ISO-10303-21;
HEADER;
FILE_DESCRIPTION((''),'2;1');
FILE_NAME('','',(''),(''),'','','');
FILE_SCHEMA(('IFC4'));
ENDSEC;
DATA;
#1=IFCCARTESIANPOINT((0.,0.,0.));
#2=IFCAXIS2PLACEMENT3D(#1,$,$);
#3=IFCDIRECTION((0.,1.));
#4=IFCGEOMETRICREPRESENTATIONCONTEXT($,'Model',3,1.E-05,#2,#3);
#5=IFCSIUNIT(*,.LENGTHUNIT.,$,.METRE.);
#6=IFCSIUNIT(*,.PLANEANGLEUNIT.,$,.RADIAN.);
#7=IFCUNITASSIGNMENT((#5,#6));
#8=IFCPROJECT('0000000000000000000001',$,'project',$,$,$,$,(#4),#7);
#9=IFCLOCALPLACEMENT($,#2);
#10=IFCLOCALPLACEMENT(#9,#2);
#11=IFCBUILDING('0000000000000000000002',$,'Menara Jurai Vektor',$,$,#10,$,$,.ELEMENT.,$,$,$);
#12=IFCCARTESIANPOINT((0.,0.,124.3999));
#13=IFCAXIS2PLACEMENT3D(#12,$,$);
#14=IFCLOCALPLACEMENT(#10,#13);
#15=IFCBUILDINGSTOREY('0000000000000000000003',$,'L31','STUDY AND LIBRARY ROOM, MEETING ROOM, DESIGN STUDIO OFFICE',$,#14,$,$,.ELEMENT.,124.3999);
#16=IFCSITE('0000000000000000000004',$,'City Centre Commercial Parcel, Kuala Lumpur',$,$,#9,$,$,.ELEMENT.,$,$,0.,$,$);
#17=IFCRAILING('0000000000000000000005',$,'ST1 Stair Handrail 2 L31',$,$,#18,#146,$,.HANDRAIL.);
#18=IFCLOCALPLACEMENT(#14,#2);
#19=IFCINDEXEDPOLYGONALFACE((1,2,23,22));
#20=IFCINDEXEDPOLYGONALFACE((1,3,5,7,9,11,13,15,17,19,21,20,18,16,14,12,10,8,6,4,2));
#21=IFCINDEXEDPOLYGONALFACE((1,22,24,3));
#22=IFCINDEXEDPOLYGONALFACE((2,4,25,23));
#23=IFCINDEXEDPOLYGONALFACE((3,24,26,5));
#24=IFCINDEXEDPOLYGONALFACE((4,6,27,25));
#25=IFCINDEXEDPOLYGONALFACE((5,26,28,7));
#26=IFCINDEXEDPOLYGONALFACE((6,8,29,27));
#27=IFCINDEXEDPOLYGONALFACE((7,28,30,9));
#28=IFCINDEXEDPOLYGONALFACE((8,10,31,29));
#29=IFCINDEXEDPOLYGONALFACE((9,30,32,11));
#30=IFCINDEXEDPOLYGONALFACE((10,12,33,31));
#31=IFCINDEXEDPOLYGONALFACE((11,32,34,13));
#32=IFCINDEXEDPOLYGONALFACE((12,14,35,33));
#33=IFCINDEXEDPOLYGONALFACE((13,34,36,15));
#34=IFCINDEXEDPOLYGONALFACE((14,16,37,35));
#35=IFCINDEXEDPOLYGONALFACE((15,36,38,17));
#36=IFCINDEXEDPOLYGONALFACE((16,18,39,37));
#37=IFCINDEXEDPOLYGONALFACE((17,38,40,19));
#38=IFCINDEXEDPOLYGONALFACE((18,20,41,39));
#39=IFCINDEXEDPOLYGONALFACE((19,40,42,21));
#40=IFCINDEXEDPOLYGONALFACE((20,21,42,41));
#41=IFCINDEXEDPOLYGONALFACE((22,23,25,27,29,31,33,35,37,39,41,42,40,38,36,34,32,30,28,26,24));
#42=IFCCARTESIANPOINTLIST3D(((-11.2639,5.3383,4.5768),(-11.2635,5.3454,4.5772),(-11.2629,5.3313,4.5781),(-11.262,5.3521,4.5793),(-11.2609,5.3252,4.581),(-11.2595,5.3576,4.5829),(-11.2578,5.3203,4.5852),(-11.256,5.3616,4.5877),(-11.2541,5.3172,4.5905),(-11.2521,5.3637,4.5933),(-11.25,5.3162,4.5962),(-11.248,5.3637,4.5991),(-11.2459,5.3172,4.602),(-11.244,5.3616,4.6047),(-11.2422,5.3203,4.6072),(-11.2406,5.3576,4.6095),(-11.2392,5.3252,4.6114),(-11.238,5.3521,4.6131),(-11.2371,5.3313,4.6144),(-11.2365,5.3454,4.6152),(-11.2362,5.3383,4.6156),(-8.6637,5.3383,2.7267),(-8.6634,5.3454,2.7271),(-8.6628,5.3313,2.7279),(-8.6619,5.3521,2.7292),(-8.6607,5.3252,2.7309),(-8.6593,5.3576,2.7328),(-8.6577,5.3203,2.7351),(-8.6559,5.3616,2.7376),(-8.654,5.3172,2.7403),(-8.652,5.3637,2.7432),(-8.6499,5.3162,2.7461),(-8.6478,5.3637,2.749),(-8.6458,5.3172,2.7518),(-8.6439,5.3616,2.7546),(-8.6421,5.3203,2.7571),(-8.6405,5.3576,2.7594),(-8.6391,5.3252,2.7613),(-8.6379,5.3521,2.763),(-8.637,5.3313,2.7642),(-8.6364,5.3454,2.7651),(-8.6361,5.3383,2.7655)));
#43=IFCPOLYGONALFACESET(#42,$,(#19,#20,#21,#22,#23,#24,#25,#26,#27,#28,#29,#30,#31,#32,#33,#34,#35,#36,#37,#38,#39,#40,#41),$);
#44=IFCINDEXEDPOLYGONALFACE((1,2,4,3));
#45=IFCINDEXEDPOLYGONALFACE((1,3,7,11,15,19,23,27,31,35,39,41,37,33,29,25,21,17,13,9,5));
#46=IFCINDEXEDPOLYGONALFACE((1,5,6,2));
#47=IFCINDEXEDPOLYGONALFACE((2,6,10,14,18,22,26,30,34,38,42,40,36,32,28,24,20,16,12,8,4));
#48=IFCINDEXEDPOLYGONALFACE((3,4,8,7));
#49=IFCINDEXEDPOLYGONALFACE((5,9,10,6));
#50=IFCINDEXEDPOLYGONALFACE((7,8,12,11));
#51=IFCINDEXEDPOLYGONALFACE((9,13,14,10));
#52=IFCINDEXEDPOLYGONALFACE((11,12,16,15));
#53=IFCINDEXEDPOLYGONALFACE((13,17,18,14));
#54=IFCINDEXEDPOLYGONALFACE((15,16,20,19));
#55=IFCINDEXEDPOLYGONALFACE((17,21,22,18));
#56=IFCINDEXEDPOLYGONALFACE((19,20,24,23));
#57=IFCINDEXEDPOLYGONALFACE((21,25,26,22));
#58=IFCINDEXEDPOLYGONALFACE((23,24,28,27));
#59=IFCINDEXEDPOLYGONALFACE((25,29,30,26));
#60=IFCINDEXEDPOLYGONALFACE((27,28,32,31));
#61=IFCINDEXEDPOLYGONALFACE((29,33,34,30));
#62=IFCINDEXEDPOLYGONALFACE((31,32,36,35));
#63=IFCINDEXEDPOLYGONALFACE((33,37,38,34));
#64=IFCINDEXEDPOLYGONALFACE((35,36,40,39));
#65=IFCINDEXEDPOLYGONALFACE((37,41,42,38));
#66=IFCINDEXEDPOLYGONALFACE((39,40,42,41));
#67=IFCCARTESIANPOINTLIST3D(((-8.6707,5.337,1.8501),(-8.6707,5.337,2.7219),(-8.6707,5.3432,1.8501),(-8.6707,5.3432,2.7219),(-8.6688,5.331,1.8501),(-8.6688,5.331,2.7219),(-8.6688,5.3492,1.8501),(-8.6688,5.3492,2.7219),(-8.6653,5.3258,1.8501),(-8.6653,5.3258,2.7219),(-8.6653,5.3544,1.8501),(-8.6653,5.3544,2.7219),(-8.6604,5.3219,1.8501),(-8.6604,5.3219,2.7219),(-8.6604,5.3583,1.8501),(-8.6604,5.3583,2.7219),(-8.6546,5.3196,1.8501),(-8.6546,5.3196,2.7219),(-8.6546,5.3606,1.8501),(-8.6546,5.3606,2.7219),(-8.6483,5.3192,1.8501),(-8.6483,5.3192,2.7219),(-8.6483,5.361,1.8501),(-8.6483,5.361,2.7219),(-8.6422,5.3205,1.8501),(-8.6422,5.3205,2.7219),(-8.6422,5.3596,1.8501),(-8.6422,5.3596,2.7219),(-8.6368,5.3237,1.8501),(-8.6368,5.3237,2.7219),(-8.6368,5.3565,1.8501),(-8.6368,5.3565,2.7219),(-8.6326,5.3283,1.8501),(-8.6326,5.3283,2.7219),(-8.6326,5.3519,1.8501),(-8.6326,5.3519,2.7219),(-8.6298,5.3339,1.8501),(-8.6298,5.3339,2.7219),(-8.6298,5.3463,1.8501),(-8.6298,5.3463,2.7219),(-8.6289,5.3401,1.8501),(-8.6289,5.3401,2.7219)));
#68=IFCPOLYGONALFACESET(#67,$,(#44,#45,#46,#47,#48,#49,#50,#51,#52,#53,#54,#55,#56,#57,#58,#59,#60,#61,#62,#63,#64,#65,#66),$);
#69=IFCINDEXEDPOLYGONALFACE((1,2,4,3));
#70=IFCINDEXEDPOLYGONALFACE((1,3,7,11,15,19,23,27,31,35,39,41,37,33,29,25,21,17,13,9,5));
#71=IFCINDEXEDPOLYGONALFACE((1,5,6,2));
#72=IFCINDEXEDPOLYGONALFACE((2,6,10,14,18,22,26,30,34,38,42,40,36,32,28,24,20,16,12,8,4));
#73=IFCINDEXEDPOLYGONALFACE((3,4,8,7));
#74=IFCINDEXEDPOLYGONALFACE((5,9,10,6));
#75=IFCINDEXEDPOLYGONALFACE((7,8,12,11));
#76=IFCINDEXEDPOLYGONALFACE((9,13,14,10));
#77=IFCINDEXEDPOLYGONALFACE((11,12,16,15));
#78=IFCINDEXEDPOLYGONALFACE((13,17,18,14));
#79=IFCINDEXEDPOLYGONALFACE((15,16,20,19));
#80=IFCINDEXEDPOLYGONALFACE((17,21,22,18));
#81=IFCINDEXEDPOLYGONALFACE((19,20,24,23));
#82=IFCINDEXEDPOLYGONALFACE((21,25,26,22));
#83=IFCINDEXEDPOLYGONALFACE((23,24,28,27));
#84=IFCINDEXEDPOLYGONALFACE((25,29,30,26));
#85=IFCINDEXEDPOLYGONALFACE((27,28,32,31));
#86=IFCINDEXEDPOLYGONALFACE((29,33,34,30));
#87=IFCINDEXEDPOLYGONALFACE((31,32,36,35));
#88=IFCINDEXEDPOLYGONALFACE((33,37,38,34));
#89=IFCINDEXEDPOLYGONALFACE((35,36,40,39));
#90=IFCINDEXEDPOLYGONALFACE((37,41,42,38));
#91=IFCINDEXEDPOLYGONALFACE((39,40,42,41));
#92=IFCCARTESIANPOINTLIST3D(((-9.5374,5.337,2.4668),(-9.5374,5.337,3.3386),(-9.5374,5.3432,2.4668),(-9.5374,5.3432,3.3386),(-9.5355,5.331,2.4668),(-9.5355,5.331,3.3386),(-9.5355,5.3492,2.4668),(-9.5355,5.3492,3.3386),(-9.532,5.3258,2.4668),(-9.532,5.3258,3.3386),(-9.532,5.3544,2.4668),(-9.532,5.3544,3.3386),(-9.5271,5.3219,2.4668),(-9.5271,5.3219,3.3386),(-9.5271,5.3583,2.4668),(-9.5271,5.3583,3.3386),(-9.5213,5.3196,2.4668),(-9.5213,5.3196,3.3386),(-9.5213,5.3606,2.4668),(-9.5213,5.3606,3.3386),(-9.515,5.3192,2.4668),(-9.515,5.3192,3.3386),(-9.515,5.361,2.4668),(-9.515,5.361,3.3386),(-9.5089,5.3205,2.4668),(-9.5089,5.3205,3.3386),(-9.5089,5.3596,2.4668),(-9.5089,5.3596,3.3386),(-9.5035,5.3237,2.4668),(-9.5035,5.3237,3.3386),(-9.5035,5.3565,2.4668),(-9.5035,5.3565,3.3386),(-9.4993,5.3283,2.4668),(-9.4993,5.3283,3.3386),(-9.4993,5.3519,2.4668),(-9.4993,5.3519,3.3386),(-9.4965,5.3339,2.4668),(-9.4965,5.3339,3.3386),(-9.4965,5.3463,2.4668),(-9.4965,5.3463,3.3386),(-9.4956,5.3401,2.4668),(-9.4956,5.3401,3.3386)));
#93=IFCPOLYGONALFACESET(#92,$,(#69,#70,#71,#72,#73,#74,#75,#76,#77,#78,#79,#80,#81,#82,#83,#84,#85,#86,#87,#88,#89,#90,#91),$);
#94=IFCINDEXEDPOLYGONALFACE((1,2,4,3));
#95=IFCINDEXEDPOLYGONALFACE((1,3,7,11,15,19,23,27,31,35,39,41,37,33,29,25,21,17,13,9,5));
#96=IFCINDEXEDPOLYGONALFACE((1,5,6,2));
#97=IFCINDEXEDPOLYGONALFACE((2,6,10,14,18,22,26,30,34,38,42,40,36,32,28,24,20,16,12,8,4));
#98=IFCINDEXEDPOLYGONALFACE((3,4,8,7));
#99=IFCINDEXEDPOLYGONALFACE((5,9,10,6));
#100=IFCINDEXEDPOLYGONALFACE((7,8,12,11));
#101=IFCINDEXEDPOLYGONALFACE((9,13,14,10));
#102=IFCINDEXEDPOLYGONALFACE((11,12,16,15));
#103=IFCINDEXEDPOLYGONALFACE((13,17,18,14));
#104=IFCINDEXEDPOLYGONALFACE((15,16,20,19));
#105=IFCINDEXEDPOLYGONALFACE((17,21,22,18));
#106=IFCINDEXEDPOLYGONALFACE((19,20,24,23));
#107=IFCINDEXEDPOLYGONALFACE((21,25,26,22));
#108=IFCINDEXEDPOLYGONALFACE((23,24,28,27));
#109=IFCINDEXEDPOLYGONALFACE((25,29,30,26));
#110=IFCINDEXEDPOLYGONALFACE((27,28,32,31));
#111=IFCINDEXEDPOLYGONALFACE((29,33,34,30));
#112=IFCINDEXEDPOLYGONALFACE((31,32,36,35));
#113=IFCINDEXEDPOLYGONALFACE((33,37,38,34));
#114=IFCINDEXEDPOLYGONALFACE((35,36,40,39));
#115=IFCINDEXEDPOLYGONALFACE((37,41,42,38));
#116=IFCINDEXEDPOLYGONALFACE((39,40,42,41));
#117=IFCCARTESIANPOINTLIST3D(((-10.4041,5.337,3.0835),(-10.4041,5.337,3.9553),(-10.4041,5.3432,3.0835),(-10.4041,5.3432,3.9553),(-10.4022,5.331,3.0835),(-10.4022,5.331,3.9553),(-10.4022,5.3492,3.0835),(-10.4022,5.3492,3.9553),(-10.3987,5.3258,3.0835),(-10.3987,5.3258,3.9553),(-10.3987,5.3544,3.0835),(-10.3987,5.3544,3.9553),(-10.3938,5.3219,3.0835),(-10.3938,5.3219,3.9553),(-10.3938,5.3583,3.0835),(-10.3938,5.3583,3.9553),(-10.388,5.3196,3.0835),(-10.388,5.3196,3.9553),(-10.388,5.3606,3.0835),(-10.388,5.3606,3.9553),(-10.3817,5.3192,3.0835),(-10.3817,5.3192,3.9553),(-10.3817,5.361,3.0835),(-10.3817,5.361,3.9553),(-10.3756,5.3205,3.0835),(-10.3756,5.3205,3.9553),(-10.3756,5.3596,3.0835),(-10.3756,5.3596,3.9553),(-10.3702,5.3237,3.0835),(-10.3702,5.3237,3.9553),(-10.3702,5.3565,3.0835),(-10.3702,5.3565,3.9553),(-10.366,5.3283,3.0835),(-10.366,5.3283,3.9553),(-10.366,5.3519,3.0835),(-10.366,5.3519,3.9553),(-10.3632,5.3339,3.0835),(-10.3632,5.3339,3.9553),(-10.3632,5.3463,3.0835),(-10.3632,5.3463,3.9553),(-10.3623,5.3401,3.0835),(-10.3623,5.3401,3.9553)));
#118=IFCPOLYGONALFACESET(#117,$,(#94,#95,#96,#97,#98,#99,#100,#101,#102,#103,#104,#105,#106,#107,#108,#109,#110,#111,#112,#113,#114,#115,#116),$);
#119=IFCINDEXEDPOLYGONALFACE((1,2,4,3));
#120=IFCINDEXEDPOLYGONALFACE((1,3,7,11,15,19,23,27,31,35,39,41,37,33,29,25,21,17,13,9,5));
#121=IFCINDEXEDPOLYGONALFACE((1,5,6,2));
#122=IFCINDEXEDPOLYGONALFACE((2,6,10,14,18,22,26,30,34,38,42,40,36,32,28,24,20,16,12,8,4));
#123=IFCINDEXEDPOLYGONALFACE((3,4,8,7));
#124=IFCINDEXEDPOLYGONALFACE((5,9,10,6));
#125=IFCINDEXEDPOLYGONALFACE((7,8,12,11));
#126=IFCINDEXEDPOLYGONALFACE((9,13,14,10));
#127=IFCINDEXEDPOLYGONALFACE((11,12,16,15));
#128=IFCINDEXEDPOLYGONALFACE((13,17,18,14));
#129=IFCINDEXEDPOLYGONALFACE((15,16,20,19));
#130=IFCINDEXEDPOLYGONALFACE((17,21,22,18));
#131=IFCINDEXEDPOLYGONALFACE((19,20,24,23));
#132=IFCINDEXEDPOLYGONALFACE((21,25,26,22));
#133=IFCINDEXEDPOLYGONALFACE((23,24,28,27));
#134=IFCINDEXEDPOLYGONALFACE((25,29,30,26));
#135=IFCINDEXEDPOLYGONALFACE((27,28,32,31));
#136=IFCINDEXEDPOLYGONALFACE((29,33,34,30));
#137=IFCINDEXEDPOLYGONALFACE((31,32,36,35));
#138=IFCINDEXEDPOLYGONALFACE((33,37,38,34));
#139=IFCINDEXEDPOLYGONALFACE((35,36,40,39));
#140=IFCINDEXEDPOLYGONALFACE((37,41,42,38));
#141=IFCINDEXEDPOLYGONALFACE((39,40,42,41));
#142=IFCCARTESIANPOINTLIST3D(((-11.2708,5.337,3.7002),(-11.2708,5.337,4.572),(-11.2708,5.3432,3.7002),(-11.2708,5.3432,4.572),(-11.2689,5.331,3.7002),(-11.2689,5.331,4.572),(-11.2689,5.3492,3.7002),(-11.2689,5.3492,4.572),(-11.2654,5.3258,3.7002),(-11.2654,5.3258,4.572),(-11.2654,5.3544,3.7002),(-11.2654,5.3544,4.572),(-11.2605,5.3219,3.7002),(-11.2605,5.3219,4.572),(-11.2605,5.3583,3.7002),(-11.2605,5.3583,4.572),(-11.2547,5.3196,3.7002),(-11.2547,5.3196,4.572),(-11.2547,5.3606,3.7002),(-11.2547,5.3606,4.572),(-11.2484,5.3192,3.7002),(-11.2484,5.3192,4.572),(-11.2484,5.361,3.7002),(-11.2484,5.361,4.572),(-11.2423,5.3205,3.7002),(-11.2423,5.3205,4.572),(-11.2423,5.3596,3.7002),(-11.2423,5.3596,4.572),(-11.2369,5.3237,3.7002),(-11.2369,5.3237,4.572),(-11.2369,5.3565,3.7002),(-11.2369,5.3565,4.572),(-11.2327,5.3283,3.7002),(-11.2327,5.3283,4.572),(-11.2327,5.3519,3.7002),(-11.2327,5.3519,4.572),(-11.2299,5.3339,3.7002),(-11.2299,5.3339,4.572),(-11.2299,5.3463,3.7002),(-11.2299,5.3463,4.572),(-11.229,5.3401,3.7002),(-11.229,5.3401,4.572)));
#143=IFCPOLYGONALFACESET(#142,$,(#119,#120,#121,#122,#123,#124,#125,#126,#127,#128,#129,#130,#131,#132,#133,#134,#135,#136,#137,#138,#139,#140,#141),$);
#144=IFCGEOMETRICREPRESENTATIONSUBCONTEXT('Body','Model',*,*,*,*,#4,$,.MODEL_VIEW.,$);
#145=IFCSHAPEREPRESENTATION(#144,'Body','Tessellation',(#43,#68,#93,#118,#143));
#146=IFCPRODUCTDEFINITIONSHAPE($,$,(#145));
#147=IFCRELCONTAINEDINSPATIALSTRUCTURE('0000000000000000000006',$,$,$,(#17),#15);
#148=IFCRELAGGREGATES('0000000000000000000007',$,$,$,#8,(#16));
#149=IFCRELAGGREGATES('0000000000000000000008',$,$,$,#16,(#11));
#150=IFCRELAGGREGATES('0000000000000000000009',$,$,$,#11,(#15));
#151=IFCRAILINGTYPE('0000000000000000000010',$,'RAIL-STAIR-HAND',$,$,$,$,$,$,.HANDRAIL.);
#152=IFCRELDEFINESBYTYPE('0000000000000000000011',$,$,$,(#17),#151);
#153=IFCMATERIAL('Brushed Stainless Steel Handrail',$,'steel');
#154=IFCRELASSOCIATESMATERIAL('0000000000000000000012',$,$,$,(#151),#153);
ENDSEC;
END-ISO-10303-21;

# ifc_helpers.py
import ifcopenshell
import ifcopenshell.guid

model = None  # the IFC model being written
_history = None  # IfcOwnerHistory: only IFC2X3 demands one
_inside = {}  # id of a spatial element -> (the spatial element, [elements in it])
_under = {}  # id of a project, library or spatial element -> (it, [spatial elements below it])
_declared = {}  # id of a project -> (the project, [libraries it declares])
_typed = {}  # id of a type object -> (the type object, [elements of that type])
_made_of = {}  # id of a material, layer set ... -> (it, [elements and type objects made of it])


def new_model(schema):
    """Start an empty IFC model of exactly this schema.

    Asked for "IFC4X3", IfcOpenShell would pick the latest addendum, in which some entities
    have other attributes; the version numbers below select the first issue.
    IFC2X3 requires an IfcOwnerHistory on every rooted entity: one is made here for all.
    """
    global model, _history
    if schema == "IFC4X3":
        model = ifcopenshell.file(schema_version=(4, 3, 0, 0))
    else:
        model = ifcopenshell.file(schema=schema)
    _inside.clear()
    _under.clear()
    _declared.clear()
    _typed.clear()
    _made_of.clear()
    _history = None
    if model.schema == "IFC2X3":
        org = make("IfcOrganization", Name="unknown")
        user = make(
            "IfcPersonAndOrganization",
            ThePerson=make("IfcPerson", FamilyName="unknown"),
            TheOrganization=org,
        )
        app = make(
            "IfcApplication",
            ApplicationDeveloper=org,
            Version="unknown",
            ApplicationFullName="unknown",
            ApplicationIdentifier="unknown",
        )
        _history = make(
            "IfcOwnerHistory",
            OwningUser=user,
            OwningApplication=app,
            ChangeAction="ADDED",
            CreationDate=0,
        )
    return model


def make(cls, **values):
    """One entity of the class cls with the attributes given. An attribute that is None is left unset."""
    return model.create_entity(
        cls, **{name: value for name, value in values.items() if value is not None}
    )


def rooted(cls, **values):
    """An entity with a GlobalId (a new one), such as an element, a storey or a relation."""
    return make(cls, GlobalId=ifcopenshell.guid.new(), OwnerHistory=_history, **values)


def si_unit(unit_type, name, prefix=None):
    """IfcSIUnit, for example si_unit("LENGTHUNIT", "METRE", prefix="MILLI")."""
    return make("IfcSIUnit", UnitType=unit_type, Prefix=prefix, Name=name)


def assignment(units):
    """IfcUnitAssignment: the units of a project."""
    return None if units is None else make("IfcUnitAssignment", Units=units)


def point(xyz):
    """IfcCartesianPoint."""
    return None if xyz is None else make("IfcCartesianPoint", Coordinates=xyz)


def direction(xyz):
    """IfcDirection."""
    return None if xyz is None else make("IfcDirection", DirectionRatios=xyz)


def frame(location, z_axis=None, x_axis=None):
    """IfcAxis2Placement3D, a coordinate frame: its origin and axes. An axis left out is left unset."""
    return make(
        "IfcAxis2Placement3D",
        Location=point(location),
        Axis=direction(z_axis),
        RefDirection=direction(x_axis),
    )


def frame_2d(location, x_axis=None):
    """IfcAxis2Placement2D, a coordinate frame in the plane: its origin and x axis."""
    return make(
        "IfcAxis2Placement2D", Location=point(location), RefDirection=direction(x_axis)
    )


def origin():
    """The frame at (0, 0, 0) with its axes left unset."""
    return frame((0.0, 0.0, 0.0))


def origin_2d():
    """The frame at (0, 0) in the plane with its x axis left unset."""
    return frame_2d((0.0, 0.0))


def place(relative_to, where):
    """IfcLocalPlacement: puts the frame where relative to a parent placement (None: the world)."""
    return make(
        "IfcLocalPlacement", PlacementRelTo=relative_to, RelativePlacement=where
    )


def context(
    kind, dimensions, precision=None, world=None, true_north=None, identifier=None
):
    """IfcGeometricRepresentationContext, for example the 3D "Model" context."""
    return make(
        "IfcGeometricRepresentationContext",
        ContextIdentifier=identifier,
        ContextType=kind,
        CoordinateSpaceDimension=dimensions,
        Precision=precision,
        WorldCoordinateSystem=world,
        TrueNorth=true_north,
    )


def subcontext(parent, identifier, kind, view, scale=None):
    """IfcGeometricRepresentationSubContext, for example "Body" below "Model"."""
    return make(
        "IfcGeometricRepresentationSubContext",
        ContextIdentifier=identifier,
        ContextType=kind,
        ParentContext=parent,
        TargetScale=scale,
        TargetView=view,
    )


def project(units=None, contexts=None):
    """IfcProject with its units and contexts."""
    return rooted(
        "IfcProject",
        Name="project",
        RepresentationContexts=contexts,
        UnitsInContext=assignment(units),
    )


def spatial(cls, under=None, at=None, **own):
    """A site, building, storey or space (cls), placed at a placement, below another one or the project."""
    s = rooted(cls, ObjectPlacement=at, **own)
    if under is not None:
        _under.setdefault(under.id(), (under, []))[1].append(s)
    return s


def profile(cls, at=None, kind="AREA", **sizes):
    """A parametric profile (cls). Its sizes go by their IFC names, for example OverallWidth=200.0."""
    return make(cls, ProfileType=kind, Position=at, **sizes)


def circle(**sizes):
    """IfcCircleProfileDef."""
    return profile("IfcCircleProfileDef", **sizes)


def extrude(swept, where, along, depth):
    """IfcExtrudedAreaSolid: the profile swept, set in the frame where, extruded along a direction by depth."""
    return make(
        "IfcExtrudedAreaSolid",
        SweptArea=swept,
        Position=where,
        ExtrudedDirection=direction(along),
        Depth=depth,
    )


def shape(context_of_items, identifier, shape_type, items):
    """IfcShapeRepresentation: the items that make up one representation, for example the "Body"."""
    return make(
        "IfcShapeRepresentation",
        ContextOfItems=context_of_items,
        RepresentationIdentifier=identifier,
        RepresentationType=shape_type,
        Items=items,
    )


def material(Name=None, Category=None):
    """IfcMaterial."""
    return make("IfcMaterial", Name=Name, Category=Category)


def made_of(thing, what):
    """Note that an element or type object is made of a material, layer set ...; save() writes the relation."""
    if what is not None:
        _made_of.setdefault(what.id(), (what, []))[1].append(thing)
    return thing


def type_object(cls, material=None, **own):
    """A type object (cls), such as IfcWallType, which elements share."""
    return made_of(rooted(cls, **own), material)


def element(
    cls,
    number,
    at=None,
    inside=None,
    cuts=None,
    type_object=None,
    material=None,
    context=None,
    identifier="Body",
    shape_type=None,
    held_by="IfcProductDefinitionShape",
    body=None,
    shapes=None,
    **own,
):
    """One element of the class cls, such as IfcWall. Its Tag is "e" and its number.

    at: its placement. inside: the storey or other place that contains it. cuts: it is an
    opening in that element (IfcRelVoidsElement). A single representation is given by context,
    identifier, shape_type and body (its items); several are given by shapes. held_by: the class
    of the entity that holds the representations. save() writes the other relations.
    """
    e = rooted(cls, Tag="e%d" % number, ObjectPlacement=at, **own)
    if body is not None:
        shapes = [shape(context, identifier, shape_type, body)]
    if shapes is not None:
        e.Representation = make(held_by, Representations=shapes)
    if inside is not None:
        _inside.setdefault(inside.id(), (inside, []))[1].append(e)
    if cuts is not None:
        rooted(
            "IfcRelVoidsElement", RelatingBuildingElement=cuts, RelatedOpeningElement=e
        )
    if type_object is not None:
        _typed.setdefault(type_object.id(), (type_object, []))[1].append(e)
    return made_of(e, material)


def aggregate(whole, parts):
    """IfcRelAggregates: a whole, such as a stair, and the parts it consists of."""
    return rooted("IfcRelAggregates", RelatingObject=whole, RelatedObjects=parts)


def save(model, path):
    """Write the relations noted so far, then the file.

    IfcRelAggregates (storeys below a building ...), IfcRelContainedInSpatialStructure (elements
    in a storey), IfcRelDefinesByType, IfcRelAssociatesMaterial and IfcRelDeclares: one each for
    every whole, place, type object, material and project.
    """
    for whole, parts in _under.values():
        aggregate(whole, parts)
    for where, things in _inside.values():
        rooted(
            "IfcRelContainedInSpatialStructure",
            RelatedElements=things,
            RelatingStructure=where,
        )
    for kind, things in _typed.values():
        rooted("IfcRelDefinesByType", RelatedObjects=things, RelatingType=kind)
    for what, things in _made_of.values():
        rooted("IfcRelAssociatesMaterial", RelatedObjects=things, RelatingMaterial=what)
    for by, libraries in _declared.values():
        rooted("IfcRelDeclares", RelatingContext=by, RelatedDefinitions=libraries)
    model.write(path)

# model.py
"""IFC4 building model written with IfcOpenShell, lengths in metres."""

from ifc_helpers import new_model, si_unit, direction, frame, origin, origin_2d, place, context, subcontext, project, spatial, circle, extrude, material, type_object, element, save


model = new_model("IFC4")

# Units and contexts
model_context = context("Model", 3, precision=1e-05, world=origin(), true_north=direction((0.0, 1.0)))
body_context = subcontext(model_context, "Body", "Model", "MODEL_VIEW")
ifc_project = project(units=[si_unit("LENGTHUNIT", "METRE"), si_unit("PLANEANGLEUNIT", "RADIAN")], contexts=[model_context])

# Site, building, storey
site_placement = place(None, origin())
site = spatial("IfcSite", under=ifc_project, at=site_placement, Name="City Centre Commercial Parcel, Kuala Lumpur", CompositionType="ELEMENT", RefElevation=0.0)
building_placement = place(site_placement, origin())
building = spatial("IfcBuilding", under=site, at=building_placement, Name="Menara Jurai Vektor", CompositionType="ELEMENT")
storey_placement = place(building_placement, frame((0.0, 0.0, 124.3999)))
storey = spatial("IfcBuildingStorey", under=building, at=storey_placement, Name="L31", Description="STUDY AND LIBRARY ROOM, MEETING ROOM, DESIGN STUDIO OFFICE", CompositionType="ELEMENT", Elevation=124.3999)

# Railing
ifc_material_1 = material(Name="Brushed Stainless Steel Handrail", Category="steel")
railing_type_1 = type_object("IfcRailingType", Name="RAIL-STAIR-HAND", PredefinedType="HANDRAIL", material=ifc_material_1)
railing_1_placement = place(storey_placement, frame((-8.6499, 5.3401, 1.8501)))
element("IfcRailing", 1, at=railing_1_placement, inside=storey, type_object=railing_type_1, Name="ST1 Stair Handrail 2 L31", PredefinedType="HANDRAIL", context=body_context, shape_type="SweptSolid", body=[
    extrude(circle(Radius=0.0239, at=origin_2d()), frame((0.0, 0.0, 0.896), z_axis=(-0.814787, 0.0, 0.579761), x_axis=(0.0, -1.0, 0.0)), (0.0, 0.0, 1.0), 3.1912),
    extrude(circle(Radius=0.021, at=origin_2d()), origin(), (0.0, 0.0, 1.0), 0.8718),
    extrude(circle(Radius=0.021, at=origin_2d()), frame((-0.8667, 0.0, 0.6167)), (0.0, 0.0, 1.0), 0.8718),
    extrude(circle(Radius=0.021, at=origin_2d()), frame((-1.7334, 0.0, 1.2334)), (0.0, 0.0, 1.0), 0.8718),
    extrude(circle(Radius=0.021, at=origin_2d()), frame((-2.6001, 0.0, 1.8501)), (0.0, 0.0, 1.0), 0.8718),
])

save(model, "model.ifc")
